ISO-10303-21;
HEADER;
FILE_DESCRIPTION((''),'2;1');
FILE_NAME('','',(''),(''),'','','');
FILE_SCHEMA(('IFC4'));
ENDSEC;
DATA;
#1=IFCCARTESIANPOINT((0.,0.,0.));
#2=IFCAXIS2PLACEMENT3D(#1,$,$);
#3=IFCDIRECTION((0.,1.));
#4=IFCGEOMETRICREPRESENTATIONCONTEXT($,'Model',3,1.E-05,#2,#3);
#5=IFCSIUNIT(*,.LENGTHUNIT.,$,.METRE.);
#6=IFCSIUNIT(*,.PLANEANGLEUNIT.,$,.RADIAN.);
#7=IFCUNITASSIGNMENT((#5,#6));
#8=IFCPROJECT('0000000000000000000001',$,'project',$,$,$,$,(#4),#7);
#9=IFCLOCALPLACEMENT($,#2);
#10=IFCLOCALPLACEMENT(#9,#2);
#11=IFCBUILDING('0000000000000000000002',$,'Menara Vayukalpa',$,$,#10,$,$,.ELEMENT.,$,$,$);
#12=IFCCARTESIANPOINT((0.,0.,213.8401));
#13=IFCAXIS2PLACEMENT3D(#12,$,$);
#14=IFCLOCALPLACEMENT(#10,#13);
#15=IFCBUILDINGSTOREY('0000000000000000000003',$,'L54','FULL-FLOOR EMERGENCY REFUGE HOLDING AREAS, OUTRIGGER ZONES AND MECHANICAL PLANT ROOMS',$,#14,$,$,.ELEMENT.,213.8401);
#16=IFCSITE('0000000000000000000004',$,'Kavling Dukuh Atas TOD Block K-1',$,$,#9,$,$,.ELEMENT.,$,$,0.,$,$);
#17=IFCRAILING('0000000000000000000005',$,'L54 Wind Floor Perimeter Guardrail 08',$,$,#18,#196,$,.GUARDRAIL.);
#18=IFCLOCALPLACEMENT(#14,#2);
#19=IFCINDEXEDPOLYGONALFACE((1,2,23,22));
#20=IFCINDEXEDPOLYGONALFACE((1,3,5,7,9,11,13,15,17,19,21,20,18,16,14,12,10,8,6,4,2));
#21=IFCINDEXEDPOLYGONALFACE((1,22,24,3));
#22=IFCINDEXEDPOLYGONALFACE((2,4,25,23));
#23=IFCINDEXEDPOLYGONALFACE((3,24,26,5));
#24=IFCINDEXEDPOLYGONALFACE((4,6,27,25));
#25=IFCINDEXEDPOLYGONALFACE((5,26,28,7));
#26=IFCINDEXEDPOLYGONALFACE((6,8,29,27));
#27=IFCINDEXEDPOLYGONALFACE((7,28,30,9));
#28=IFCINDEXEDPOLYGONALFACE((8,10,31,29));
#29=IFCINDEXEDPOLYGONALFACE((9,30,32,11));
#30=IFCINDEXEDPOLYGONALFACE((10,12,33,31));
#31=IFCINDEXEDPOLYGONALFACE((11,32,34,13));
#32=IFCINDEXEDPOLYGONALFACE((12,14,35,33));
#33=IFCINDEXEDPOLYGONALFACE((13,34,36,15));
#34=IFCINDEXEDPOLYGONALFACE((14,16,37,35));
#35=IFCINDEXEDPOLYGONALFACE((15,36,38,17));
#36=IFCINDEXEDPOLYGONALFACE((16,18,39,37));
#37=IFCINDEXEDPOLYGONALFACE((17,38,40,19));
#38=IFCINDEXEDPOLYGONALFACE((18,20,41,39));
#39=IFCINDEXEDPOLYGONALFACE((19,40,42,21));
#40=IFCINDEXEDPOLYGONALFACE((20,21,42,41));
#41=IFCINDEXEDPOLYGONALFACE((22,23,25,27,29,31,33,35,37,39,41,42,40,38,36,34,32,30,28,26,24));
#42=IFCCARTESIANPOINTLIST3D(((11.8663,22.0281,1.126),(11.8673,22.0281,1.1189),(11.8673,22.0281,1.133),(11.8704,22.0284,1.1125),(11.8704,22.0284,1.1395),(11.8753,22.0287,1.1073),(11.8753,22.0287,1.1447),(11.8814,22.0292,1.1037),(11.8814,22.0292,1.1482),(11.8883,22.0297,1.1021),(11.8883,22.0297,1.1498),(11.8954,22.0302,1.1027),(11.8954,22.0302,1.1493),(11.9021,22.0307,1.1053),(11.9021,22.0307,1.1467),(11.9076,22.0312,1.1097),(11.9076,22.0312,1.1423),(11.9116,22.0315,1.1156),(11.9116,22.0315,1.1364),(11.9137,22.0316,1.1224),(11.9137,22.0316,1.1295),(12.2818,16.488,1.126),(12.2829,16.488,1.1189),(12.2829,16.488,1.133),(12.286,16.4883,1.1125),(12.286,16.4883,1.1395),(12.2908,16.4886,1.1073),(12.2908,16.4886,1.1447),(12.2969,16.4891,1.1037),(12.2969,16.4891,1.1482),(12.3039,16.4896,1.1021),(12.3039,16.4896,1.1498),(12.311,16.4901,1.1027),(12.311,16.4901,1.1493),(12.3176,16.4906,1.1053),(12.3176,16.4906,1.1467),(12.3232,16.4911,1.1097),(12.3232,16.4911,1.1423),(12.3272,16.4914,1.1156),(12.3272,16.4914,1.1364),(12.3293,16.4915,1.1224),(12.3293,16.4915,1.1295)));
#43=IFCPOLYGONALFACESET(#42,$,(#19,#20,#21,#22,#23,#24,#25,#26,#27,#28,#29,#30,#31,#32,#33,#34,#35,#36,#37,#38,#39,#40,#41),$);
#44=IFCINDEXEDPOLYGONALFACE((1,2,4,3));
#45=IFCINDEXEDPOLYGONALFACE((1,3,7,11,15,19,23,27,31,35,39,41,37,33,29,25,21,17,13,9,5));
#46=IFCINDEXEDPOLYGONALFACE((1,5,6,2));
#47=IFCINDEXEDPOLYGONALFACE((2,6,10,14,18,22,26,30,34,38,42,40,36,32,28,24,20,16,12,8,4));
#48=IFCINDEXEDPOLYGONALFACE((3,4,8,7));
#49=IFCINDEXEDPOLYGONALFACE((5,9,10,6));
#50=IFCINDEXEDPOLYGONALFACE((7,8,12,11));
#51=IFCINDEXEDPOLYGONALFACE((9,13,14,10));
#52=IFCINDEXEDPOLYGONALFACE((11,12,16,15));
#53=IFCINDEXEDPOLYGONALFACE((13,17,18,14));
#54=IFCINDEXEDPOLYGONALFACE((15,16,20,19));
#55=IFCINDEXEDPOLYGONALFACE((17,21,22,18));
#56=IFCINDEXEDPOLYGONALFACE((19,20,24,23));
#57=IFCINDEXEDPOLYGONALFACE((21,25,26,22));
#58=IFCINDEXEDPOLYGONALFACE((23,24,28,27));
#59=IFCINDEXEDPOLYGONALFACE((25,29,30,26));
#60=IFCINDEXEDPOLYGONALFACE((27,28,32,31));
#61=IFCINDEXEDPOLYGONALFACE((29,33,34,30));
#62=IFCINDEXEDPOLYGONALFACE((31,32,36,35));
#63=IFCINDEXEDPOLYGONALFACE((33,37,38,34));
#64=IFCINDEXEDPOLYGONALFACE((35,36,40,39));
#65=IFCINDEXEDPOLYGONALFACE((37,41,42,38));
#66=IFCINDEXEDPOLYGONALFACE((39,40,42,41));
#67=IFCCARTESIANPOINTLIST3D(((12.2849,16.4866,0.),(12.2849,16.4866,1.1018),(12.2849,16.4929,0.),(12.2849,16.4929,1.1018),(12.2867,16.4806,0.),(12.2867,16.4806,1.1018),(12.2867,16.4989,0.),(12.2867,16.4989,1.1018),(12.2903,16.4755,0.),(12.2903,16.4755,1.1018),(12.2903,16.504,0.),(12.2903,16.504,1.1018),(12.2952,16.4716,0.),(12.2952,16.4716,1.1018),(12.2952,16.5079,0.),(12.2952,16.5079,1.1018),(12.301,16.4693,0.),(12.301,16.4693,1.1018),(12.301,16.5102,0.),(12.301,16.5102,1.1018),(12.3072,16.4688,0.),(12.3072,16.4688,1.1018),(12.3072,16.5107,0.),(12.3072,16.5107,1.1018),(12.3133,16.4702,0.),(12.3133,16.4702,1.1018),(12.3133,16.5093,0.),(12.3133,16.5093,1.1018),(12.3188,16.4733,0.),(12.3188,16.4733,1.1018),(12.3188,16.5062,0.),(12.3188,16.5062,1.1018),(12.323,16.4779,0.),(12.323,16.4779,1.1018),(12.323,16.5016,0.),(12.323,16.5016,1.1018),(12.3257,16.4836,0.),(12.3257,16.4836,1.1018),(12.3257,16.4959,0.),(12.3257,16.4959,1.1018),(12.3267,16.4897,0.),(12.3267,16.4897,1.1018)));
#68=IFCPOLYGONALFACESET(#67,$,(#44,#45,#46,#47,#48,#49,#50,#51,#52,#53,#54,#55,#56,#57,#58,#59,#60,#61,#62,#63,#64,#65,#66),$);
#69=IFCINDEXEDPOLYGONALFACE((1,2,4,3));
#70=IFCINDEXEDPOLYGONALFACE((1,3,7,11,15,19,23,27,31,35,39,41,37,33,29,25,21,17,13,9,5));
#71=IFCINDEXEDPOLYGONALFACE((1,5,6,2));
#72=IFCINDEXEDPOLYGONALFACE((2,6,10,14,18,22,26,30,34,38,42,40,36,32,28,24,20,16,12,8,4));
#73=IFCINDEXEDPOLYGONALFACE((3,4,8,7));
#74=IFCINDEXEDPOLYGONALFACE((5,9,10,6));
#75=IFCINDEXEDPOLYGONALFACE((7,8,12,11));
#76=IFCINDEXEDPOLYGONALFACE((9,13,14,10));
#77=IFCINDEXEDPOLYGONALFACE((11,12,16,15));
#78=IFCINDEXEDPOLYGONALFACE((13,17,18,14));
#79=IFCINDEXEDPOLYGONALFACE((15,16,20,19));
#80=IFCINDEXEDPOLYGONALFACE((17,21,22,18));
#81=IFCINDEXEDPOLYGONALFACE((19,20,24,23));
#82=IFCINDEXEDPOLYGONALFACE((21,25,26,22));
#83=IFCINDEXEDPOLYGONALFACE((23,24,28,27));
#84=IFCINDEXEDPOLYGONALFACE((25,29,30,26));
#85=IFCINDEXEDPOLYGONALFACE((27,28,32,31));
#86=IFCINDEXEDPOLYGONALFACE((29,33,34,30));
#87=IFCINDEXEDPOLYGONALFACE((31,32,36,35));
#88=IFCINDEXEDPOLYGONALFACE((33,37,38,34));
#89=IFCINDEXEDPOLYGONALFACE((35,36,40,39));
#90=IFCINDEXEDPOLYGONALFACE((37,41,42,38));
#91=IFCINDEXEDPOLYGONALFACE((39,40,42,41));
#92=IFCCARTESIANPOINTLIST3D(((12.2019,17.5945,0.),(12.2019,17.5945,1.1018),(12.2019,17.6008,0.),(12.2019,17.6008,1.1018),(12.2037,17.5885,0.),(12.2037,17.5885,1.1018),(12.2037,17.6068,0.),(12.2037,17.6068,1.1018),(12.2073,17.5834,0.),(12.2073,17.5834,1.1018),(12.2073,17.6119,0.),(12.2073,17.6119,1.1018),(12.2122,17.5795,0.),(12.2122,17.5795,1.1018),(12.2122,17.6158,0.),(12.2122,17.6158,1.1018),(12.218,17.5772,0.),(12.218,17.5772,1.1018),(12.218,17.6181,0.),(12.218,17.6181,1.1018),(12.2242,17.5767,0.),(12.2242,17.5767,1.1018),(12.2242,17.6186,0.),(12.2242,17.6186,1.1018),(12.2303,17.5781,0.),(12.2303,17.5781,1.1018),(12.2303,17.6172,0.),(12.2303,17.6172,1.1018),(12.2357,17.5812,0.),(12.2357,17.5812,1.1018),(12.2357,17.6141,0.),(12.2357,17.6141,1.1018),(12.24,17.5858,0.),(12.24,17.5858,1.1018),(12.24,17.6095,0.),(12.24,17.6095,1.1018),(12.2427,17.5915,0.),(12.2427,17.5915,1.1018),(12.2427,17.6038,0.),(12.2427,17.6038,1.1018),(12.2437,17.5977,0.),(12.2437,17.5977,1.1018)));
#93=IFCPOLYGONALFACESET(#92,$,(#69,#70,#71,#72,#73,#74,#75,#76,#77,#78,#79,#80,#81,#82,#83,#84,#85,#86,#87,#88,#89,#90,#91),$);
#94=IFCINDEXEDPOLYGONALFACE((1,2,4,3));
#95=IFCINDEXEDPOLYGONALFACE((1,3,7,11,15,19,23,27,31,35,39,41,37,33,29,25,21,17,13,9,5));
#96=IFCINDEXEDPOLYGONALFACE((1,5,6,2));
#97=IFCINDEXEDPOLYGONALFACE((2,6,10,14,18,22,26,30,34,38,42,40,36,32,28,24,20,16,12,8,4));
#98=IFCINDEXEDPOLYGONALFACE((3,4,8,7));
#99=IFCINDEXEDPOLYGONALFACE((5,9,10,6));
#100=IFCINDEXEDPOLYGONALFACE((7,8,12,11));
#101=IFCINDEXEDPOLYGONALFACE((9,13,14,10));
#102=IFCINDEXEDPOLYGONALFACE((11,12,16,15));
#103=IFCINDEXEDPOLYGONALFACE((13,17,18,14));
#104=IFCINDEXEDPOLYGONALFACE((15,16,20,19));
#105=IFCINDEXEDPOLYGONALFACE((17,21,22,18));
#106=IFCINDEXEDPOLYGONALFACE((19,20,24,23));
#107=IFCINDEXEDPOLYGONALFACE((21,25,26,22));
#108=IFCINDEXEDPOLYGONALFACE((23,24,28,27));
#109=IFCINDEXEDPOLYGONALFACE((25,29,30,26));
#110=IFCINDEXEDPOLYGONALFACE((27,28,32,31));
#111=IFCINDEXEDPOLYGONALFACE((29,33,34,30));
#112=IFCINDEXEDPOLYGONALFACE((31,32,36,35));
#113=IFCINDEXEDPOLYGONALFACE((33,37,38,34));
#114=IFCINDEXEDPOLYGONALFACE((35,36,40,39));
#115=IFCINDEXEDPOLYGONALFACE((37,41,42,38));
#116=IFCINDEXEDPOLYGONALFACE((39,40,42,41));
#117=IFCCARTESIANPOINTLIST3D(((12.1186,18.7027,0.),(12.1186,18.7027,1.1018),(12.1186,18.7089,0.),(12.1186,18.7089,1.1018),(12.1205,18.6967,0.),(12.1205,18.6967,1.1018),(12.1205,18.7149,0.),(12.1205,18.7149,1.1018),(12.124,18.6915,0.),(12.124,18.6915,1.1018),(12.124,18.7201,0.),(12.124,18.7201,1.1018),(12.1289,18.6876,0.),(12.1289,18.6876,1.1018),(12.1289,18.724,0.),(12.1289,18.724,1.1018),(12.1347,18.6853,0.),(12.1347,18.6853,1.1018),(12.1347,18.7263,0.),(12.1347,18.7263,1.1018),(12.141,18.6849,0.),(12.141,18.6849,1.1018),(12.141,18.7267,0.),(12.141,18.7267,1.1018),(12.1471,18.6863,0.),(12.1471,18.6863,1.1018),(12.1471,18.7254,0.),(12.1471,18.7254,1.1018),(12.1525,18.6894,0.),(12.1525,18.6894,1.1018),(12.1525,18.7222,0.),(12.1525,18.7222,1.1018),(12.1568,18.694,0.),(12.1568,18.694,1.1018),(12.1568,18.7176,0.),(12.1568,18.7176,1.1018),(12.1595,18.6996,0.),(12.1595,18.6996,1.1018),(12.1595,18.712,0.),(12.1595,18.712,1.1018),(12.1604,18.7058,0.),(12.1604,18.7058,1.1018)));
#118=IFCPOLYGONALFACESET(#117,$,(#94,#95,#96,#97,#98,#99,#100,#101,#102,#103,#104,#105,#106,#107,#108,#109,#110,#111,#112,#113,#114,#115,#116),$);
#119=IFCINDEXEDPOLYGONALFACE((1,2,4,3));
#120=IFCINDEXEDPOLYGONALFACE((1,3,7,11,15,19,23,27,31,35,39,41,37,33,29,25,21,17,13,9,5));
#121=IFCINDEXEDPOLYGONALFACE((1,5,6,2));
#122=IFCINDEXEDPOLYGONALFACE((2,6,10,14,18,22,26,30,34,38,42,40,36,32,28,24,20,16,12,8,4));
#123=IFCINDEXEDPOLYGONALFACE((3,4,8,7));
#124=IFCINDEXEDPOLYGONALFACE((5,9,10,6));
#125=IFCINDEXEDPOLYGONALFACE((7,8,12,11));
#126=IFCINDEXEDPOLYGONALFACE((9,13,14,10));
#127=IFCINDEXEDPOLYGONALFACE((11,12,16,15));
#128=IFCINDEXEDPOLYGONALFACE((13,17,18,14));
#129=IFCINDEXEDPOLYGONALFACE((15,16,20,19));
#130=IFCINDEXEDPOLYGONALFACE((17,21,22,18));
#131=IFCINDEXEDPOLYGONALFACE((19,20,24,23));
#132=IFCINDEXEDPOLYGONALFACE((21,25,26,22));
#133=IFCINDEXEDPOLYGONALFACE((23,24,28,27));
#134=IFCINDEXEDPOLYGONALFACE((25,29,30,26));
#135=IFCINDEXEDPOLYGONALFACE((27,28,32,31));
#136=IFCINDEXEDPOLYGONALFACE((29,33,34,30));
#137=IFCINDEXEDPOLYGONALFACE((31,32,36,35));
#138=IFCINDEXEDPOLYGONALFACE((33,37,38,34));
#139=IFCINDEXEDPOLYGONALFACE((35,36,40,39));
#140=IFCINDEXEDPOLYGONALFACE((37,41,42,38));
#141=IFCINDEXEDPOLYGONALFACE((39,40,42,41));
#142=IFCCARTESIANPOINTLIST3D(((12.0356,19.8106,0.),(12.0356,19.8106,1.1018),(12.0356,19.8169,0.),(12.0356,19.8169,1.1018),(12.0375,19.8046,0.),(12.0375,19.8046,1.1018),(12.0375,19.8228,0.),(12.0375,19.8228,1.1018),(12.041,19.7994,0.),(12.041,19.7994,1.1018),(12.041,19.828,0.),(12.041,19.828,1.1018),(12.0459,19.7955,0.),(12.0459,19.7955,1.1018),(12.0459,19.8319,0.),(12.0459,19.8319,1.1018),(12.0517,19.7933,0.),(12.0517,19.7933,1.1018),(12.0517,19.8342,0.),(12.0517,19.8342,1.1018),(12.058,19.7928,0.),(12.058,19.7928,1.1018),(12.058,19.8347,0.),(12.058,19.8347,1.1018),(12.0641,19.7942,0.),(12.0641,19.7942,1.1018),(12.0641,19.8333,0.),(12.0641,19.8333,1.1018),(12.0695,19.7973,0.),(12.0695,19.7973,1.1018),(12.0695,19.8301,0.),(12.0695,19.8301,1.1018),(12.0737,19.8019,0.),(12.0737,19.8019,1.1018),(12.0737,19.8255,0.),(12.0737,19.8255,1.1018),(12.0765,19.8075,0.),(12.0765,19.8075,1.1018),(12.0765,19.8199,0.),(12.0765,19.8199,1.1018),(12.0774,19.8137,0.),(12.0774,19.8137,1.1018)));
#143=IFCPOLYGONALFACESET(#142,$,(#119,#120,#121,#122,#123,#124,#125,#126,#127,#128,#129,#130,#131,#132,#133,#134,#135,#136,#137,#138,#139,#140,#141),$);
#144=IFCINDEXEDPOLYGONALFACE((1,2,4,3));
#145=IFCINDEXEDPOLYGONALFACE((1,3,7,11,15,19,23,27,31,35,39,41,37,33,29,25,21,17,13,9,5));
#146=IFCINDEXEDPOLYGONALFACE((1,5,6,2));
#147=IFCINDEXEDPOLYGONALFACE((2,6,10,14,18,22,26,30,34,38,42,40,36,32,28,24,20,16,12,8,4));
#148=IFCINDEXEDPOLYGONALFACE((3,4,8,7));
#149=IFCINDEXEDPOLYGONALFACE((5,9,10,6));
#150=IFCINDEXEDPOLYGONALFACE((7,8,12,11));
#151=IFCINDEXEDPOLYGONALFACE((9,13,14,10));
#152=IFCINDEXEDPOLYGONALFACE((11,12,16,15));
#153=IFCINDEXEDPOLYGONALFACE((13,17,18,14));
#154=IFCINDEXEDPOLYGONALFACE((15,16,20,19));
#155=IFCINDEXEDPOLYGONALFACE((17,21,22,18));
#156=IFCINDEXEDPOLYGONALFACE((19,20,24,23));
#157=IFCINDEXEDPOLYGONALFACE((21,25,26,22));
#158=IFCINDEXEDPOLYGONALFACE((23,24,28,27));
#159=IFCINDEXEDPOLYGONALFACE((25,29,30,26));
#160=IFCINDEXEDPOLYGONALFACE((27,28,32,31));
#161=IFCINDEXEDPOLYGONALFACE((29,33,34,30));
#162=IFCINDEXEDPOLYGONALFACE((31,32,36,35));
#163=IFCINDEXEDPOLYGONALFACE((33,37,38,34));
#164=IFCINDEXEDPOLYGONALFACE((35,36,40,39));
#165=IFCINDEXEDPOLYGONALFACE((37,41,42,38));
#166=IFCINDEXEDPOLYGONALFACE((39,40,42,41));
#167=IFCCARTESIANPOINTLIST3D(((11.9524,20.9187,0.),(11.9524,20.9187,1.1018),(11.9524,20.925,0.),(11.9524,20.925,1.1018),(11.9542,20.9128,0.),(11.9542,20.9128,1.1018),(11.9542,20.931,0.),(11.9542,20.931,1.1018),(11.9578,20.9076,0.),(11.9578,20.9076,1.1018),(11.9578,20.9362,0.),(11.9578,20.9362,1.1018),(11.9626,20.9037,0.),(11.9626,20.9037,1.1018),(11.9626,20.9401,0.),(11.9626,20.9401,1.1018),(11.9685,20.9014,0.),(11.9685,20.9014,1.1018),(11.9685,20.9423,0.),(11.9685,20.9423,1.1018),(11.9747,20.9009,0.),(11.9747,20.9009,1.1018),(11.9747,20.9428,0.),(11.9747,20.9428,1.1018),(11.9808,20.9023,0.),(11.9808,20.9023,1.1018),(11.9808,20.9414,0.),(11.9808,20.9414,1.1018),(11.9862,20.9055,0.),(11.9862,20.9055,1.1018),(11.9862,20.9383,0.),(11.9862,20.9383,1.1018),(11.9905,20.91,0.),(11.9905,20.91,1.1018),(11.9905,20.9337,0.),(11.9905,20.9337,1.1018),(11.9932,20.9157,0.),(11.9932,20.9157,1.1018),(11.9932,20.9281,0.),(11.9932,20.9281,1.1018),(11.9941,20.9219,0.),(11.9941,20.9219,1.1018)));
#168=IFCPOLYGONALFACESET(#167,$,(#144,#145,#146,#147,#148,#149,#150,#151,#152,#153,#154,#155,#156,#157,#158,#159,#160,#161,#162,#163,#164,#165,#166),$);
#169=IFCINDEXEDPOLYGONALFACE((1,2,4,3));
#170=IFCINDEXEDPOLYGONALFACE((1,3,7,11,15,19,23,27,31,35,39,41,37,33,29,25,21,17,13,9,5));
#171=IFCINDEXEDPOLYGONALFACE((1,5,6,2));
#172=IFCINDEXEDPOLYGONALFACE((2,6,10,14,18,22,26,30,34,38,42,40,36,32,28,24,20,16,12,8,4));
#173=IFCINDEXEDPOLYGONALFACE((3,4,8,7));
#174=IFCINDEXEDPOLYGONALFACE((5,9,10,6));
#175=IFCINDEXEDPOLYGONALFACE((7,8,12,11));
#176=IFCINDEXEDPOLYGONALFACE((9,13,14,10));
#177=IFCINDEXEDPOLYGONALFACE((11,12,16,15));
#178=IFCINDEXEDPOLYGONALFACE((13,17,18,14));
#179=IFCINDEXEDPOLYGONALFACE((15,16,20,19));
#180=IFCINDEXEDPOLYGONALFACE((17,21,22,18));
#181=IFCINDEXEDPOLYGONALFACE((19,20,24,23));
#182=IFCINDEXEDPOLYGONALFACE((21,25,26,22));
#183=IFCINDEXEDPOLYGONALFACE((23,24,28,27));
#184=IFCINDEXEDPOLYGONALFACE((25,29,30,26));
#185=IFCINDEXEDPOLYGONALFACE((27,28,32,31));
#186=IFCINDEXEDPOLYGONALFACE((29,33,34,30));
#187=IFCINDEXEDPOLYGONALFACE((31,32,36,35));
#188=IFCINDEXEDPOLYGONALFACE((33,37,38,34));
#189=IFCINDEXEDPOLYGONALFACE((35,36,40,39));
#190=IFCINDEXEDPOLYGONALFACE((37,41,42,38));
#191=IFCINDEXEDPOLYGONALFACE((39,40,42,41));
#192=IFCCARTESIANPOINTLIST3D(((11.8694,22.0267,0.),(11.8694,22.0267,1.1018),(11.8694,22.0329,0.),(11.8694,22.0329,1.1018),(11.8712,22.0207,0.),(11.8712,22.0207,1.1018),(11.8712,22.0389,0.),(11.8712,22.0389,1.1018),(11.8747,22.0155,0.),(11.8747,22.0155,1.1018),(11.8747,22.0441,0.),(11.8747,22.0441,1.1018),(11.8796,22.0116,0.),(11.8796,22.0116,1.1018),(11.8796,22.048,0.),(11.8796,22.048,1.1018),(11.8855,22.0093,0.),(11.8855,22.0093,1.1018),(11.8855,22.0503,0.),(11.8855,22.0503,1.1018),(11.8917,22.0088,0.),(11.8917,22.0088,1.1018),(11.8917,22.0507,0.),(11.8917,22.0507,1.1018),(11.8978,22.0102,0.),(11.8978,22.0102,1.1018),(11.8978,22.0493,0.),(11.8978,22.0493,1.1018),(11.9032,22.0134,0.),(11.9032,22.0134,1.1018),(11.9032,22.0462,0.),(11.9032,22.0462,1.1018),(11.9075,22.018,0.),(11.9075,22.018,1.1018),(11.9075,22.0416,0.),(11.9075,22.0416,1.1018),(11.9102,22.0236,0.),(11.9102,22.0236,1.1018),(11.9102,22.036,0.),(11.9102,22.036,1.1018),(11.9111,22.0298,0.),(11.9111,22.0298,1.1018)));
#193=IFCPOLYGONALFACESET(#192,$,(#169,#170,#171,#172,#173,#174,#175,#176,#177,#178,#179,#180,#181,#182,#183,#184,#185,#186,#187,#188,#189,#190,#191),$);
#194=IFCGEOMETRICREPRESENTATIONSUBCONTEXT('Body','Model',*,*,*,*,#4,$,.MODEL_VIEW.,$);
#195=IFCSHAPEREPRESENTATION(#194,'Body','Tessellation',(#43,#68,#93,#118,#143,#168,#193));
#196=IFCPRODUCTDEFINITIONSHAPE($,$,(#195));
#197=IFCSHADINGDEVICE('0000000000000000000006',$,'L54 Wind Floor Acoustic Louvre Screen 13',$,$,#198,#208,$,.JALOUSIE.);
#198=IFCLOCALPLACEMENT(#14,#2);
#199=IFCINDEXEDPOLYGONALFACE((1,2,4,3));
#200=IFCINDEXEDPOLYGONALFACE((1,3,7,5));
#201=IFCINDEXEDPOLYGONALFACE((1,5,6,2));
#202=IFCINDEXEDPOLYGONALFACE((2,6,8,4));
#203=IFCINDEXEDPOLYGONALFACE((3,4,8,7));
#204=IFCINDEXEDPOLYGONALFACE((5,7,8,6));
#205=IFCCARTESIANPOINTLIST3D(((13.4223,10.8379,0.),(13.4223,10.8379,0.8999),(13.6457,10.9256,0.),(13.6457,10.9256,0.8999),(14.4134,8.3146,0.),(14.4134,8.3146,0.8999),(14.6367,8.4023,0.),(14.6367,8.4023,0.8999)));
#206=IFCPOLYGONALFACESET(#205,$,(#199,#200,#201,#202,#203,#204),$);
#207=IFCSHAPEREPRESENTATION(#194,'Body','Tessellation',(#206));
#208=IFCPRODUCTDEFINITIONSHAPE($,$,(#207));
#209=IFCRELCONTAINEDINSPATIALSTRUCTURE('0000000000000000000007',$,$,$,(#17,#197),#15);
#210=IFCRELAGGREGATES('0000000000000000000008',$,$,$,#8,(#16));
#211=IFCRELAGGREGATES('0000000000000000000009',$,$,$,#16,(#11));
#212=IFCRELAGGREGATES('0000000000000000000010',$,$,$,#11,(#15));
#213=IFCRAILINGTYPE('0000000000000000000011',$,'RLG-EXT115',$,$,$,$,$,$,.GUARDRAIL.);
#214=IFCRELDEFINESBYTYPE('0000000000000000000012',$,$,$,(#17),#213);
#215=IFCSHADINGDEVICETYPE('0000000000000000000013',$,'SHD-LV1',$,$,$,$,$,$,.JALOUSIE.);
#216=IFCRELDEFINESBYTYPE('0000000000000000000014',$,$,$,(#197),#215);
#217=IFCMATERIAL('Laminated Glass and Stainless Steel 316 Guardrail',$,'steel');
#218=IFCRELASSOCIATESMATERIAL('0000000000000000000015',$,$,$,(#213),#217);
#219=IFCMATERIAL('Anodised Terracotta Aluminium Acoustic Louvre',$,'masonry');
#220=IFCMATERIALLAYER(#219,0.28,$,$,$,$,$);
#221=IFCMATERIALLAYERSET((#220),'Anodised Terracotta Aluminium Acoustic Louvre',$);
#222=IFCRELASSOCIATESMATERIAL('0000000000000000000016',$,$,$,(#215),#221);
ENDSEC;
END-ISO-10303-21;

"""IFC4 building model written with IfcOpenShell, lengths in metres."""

from ifc_helpers import new_model, si_unit, direction, frame, origin, origin_2d, place, context, subcontext, project, spatial, rectangle, circle, extrude, material, layer, layer_set, type_object, element, save


model = new_model("IFC4")

# Units and contexts
model_context = context("Model", 3, precision=1e-05, world=origin(), true_north=direction((0.0, 1.0)))
body_context = subcontext(model_context, "Body", "Model", "MODEL_VIEW")
ifc_project = project(units=[si_unit("LENGTHUNIT", "METRE"), si_unit("PLANEANGLEUNIT", "RADIAN")], contexts=[model_context])

# Site, building, storey
site_placement = place(None, origin())
site = spatial("IfcSite", under=ifc_project, at=site_placement, Name="Kavling Dukuh Atas TOD Block K-1", CompositionType="ELEMENT", RefElevation=0.0)
building_placement = place(site_placement, origin())
building = spatial("IfcBuilding", under=site, at=building_placement, Name="Menara Vayukalpa", CompositionType="ELEMENT")
storey_placement = place(building_placement, frame((0.0, 0.0, 213.8401)))
storey = spatial("IfcBuildingStorey", under=building, at=storey_placement, Name="L54", Description="FULL-FLOOR EMERGENCY REFUGE HOLDING AREAS, OUTRIGGER ZONES AND MECHANICAL PLANT ROOMS", CompositionType="ELEMENT", Elevation=213.8401)

# Railing
ifc_material_1 = material(Name="Laminated Glass and Stainless Steel 316 Guardrail", Category="steel")
railing_type = type_object("IfcRailingType", Name="RLG-EXT115", PredefinedType="GUARDRAIL", material=ifc_material_1)
railing_1_placement = place(storey_placement, frame((12.3057, 16.4897, 0.0)))
element("IfcRailing", 1, at=railing_1_placement, inside=storey, type_object=railing_type, Name="L54 Wind Floor Perimeter Guardrail 08", PredefinedType="GUARDRAIL", context=body_context, shape_type="SweptSolid", body=[
    extrude(circle(Radius=0.0239, at=origin_2d()), frame((0.0, 0.0, 1.126), z_axis=(-0.074794, 0.997199, 0.0), x_axis=(-0.997199, -0.074794, 0.0)), (0.0, 0.0, 1.0), 5.5557),
    extrude(circle(Radius=0.021, at=origin_2d()), origin(), (0.0, 0.0, 1.0), 1.1018),
    extrude(circle(Radius=0.021, at=origin_2d()), frame((-0.083, 1.1079, 0.0)), (0.0, 0.0, 1.0), 1.1018),
    extrude(circle(Radius=0.021, at=origin_2d()), frame((-0.1663, 2.2161, 0.0)), (0.0, 0.0, 1.0), 1.1018),
    extrude(circle(Radius=0.021, at=origin_2d()), frame((-0.2493, 3.324, 0.0)), (0.0, 0.0, 1.0), 1.1018),
    extrude(circle(Radius=0.021, at=origin_2d()), frame((-0.3325, 4.4321, 0.0)), (0.0, 0.0, 1.0), 1.1018),
    extrude(circle(Radius=0.021, at=origin_2d()), frame((-0.4155, 5.54, 0.0)), (0.0, 0.0, 1.0), 1.1018),
])

# Shading device
ifc_material_2 = material(Name="Anodised Terracotta Aluminium Acoustic Louvre", Category="masonry")
ifc_layer_1 = layer(ifc_material_2, 0.28)
ifc_layer_set_1 = layer_set([ifc_layer_1], Name="Anodised Terracotta Aluminium Acoustic Louvre")
shading_device_type = type_object("IfcShadingDeviceType", Name="SHD-LV1", PredefinedType="JALOUSIE", material=ifc_layer_set_1)
shading_device_placement = place(storey_placement, frame((14.0295, 9.6201, 0.0), z_axis=(0.0, 0.0, 1.0), x_axis=(0.365559, -0.930788, 0.0)))
element("IfcShadingDevice", 2, at=shading_device_placement, inside=storey, type_object=shading_device_type, Name="L54 Wind Floor Acoustic Louvre Screen 13", PredefinedType="JALOUSIE", context=body_context, shape_type="SweptSolid", body=[
    extrude(rectangle(XDim=2.7109, YDim=0.24, at=origin_2d()), origin(), (0.0, 0.0, 1.0), 0.8999),
])

save(model, "model.ifc")
